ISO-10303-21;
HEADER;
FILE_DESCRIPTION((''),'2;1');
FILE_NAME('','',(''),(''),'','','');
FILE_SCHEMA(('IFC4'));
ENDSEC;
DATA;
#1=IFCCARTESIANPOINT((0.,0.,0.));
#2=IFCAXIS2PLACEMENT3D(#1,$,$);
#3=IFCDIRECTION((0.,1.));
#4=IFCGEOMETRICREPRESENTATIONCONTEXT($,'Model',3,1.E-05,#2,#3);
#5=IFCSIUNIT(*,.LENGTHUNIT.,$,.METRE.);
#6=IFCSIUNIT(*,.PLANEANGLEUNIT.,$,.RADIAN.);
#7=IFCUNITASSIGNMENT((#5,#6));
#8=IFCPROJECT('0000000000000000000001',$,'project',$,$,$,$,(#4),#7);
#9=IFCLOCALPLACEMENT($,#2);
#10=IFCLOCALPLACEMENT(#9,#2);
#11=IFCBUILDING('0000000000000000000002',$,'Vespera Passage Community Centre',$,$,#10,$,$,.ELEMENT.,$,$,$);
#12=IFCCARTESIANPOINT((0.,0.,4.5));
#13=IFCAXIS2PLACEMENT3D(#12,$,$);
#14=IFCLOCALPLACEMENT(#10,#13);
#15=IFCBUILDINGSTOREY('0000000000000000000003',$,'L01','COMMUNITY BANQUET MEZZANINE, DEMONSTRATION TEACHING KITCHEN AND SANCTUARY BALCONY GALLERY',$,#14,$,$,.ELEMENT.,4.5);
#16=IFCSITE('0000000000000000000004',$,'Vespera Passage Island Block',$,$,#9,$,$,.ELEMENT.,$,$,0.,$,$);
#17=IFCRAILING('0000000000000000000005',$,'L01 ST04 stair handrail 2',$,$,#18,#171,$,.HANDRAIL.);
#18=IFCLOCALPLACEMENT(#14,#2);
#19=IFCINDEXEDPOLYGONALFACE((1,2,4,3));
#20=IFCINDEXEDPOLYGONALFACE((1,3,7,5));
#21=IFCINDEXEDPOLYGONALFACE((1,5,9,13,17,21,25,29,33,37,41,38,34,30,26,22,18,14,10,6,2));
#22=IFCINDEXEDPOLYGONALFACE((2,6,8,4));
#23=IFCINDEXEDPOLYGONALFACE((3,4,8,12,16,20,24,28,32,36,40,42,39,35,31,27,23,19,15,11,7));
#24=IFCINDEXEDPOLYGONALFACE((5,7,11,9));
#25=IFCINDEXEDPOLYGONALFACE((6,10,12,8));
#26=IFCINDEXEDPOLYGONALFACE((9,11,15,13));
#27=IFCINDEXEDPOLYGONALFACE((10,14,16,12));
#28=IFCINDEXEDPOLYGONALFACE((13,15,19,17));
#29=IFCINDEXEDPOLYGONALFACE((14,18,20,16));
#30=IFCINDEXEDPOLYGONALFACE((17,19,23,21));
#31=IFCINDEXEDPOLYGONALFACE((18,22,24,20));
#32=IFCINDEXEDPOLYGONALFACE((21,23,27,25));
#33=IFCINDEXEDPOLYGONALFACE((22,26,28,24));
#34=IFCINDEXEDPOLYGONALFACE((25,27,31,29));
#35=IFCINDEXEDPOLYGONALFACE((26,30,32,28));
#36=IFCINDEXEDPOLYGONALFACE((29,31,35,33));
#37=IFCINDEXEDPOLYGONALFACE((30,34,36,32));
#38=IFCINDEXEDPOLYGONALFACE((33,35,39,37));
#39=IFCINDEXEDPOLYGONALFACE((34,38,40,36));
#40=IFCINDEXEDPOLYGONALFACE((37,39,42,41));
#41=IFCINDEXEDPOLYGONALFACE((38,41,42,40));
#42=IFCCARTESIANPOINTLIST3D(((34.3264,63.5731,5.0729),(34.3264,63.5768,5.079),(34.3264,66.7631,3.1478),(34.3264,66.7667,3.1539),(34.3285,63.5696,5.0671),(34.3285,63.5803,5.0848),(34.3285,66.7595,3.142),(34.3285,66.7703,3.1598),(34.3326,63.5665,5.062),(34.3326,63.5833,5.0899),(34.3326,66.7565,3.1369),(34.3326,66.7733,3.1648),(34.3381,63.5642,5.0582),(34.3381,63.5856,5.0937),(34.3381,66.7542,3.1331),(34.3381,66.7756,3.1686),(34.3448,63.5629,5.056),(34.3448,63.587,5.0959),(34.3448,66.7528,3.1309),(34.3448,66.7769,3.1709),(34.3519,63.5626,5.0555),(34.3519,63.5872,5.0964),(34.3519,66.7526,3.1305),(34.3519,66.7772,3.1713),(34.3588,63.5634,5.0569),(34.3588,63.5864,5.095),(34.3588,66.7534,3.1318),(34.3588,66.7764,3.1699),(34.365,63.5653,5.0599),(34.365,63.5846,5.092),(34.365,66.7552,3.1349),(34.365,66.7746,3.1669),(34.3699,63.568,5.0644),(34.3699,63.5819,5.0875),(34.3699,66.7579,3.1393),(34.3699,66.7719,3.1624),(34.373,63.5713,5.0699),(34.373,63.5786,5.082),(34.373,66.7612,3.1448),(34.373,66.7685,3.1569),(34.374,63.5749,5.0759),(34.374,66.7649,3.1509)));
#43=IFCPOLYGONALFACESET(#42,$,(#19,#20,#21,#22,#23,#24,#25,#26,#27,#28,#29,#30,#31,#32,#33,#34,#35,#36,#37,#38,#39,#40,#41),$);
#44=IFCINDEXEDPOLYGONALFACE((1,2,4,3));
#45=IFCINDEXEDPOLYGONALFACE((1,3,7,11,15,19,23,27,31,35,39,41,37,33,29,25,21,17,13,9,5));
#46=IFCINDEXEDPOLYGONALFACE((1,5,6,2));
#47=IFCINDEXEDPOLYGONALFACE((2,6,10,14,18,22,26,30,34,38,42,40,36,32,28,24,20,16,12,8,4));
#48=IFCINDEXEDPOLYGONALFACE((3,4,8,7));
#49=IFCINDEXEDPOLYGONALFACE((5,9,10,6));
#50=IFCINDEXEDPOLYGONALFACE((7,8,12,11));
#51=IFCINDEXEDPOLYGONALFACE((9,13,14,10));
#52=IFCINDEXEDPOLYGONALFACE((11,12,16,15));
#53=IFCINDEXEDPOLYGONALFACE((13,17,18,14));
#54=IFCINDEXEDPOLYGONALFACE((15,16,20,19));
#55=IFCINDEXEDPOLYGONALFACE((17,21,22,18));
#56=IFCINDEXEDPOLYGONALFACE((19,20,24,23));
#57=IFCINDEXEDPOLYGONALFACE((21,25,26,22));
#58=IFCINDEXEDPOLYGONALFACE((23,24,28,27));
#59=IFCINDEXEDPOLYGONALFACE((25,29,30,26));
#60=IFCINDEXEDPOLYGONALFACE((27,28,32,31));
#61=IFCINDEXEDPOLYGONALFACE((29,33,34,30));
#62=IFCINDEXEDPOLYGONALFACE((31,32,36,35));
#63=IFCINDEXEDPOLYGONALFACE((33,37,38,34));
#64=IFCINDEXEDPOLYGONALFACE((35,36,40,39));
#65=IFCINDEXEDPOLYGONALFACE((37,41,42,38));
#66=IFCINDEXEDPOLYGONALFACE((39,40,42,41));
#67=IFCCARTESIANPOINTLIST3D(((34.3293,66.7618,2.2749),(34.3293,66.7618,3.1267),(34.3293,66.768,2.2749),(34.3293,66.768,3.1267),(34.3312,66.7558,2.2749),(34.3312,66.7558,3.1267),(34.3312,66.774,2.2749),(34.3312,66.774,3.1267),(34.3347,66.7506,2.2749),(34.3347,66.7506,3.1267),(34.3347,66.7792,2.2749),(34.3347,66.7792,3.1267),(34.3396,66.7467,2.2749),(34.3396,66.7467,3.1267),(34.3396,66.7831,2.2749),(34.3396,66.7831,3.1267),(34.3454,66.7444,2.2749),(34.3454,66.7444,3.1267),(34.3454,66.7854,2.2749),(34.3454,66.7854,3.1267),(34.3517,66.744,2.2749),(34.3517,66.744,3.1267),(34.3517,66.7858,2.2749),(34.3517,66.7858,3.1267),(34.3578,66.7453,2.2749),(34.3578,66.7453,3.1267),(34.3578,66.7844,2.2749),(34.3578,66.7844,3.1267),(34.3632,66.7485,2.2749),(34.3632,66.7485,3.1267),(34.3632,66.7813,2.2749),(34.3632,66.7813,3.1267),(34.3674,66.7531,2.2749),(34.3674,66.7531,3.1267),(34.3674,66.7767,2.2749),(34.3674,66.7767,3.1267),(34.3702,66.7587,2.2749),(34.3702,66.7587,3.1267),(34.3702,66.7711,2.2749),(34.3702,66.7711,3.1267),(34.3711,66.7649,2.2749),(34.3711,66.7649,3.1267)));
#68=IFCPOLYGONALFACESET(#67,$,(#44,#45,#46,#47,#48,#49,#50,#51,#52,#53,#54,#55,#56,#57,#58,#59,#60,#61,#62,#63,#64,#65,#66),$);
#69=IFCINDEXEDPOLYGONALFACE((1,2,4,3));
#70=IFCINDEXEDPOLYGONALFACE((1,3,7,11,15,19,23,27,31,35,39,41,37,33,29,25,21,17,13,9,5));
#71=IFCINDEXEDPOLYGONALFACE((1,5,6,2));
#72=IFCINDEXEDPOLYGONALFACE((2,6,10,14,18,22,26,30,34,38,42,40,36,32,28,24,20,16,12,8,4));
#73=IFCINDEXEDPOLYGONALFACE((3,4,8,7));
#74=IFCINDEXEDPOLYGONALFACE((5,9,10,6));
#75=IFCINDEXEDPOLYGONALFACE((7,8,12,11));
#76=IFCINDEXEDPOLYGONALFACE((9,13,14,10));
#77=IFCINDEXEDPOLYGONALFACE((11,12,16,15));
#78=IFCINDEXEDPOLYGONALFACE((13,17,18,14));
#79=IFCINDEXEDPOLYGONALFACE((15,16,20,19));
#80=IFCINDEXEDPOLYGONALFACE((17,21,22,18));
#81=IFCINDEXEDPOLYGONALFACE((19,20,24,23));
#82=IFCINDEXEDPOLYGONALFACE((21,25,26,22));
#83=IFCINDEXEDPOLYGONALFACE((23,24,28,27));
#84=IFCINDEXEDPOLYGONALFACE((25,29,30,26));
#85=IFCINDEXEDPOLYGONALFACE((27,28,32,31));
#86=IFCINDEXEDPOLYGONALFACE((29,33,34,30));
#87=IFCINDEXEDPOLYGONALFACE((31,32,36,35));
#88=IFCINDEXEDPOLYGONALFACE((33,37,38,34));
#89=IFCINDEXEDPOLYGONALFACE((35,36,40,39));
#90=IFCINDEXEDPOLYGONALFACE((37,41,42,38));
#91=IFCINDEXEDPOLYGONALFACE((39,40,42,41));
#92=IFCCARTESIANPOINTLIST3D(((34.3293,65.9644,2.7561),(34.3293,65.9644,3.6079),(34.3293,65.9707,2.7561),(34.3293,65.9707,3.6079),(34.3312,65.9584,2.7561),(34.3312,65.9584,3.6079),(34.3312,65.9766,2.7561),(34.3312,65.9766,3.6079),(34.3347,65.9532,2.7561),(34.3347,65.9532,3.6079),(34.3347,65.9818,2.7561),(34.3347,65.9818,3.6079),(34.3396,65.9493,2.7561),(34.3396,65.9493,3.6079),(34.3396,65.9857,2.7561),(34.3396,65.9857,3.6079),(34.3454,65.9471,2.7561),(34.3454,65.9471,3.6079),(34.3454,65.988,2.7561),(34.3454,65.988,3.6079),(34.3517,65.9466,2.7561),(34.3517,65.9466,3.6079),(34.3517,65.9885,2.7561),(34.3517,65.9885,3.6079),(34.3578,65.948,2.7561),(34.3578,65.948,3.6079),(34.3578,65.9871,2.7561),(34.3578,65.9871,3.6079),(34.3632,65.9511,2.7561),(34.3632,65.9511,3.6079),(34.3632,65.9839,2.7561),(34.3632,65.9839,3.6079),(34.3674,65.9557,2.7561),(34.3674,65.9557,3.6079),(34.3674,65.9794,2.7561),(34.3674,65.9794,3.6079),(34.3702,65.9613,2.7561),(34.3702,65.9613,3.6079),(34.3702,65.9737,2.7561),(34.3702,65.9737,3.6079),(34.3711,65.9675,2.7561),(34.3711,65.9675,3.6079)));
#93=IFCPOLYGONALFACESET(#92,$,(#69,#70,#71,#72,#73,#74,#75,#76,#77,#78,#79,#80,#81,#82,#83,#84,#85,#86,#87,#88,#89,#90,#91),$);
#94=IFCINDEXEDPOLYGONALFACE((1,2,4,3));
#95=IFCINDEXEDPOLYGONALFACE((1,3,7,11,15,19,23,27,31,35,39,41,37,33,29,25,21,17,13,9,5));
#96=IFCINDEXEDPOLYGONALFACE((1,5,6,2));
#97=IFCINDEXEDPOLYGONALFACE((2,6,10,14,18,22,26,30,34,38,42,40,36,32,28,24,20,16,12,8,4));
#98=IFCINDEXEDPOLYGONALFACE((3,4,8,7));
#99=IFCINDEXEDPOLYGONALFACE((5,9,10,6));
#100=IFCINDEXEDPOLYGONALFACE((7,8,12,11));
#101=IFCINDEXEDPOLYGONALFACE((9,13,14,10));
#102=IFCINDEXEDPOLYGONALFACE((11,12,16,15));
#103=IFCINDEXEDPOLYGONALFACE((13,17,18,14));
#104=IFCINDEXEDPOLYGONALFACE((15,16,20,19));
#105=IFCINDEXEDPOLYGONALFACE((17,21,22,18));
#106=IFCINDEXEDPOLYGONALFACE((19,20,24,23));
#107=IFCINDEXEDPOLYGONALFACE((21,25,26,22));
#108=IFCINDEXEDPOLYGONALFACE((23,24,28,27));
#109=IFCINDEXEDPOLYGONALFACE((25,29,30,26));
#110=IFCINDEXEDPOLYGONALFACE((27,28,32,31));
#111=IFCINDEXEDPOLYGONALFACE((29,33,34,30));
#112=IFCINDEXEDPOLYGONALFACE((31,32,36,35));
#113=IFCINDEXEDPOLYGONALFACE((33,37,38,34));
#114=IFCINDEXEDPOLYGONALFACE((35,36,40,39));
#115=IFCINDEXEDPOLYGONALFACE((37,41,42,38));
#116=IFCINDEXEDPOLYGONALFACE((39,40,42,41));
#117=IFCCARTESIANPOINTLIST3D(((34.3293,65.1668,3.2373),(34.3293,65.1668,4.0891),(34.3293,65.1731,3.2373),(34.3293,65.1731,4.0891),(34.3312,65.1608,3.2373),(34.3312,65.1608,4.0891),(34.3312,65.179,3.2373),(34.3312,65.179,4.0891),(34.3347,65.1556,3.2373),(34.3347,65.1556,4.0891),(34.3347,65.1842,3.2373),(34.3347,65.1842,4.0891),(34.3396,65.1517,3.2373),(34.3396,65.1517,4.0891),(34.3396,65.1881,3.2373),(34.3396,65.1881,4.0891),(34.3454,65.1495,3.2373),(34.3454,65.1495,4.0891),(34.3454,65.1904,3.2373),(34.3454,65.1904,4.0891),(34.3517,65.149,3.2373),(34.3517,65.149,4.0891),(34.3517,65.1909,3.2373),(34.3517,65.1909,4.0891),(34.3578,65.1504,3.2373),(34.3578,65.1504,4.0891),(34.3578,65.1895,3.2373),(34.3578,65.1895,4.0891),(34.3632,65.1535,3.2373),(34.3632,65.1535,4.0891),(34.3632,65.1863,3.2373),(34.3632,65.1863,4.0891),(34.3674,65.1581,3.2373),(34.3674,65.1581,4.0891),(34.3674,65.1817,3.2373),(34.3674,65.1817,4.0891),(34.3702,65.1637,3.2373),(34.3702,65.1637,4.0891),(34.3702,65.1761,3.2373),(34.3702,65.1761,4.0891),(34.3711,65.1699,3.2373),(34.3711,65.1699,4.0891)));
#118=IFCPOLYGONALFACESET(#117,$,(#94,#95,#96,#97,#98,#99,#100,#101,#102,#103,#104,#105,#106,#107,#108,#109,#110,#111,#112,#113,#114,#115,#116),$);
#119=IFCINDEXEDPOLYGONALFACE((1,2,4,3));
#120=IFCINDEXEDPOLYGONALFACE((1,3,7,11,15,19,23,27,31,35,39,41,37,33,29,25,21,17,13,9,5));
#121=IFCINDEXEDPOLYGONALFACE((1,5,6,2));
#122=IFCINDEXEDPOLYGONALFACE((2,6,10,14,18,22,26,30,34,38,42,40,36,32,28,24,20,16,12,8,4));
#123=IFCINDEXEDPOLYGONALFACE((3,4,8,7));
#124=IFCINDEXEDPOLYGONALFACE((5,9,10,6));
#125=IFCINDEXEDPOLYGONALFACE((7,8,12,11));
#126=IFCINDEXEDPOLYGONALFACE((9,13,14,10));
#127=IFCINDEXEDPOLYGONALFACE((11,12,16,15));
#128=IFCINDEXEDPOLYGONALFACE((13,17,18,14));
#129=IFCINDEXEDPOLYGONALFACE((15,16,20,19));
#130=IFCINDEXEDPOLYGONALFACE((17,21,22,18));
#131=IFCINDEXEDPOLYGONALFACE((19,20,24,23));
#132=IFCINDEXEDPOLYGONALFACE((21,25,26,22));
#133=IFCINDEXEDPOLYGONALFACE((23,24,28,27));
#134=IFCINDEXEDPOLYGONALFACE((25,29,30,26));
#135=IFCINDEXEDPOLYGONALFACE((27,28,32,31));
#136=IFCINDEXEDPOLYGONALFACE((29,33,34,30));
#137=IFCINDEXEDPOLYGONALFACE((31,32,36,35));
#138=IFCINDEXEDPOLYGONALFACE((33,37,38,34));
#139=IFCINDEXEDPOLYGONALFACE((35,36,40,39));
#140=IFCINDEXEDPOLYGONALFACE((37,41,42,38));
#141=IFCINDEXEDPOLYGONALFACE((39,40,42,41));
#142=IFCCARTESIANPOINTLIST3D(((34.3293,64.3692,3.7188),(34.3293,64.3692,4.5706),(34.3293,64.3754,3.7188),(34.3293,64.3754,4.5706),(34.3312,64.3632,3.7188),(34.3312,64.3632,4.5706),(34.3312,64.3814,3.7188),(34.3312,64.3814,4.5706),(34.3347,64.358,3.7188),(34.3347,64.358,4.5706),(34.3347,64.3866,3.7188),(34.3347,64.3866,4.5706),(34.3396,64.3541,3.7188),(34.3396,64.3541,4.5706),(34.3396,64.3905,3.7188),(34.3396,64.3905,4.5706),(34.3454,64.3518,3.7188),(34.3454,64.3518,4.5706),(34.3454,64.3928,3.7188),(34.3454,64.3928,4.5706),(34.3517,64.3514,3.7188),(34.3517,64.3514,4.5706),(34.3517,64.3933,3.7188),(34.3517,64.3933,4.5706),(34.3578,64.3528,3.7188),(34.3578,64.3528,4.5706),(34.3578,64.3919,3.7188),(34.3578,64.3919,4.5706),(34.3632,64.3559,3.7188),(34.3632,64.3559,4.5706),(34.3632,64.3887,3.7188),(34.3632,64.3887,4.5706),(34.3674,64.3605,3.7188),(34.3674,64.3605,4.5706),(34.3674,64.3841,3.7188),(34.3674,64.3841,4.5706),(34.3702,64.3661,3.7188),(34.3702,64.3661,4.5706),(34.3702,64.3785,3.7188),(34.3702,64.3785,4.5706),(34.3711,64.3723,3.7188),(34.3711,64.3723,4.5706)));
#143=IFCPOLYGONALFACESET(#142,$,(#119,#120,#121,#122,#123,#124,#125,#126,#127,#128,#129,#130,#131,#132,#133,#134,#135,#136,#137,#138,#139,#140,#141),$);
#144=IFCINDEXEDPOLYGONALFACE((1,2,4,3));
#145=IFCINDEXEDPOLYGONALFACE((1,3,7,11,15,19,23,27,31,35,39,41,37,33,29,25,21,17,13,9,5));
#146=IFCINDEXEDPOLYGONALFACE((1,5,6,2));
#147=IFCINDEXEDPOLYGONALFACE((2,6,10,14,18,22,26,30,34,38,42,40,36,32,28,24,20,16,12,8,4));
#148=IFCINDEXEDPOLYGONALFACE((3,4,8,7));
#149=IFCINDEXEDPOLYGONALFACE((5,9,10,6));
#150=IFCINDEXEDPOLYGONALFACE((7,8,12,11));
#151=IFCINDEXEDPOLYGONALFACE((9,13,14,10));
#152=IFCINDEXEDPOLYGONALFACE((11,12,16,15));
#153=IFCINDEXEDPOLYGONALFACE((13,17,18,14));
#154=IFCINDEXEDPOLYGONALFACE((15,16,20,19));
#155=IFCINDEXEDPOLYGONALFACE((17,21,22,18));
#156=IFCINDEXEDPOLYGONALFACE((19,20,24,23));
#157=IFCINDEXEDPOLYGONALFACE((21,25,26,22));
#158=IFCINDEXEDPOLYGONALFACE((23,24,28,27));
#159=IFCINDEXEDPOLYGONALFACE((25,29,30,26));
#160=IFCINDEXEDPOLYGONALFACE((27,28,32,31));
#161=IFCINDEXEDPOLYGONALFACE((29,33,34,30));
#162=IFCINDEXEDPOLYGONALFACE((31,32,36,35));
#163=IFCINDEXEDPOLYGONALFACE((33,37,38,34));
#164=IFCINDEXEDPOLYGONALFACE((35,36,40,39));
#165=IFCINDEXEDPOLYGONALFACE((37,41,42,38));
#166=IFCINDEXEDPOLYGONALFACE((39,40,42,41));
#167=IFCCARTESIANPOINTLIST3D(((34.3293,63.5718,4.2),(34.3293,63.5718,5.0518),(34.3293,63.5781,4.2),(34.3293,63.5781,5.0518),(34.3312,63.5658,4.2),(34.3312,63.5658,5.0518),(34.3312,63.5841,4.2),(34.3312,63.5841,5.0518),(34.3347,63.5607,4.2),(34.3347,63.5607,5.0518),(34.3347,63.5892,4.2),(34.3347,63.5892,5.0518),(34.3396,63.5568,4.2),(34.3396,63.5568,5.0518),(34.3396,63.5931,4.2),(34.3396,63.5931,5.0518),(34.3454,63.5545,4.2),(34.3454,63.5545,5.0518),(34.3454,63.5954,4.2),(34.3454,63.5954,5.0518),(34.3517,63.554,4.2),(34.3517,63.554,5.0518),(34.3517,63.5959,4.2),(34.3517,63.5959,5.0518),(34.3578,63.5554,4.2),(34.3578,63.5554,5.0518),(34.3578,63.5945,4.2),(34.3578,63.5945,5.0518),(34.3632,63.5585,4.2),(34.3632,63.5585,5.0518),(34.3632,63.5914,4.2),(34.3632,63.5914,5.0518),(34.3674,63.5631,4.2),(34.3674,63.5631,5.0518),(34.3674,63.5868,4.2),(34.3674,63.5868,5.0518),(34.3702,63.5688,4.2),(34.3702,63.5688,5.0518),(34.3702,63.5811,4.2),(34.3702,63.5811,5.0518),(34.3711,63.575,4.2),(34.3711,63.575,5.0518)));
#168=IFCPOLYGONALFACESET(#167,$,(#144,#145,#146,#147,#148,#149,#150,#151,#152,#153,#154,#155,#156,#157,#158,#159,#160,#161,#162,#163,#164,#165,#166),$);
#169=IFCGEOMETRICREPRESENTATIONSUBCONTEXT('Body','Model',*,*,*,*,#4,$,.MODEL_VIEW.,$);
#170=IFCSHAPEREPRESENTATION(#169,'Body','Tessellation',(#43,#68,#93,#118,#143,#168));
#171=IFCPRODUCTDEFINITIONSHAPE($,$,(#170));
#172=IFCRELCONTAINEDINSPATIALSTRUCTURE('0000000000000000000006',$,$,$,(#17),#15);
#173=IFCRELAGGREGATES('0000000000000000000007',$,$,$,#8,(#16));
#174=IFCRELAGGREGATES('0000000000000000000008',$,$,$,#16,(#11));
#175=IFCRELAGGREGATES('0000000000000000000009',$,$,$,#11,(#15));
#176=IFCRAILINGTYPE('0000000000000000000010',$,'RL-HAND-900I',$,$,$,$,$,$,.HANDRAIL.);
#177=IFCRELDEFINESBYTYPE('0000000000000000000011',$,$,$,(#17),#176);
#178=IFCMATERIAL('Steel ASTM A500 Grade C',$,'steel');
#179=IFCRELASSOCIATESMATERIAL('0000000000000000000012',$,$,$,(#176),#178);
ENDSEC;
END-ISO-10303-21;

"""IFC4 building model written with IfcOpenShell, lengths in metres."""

from ifc_helpers import new_model, si_unit, direction, frame, origin, origin_2d, place, context, subcontext, project, spatial, circle, extrude, material, type_object, element, save


model = new_model("IFC4")

# Units and contexts
model_context = context("Model", 3, precision=1e-05, world=origin(), true_north=direction((0.0, 1.0)))
body_context = subcontext(model_context, "Body", "Model", "MODEL_VIEW")
ifc_project = project(units=[si_unit("LENGTHUNIT", "METRE"), si_unit("PLANEANGLEUNIT", "RADIAN")], contexts=[model_context])

# Site, building, storey
site_placement = place(None, origin())
site = spatial("IfcSite", under=ifc_project, at=site_placement, Name="Vespera Passage Island Block", CompositionType="ELEMENT", RefElevation=0.0)
building_placement = place(site_placement, origin())
building = spatial("IfcBuilding", under=site, at=building_placement, Name="Vespera Passage Community Centre", CompositionType="ELEMENT")
storey_placement = place(building_placement, frame((0.0, 0.0, 4.5)))
storey = spatial("IfcBuildingStorey", under=building, at=storey_placement, Name="L01", Description="COMMUNITY BANQUET MEZZANINE, DEMONSTRATION TEACHING KITCHEN AND SANCTUARY BALCONY GALLERY", CompositionType="ELEMENT", Elevation=4.5)

# Railing
ifc_material_1 = material(Name="Steel ASTM A500 Grade C", Category="steel")
railing_type_1 = type_object("IfcRailingType", Name="RL-HAND-900I", PredefinedType="HANDRAIL", material=ifc_material_1)
railing_1_placement = place(storey_placement, frame((34.3501, 66.7649, 2.2749)))
element("IfcRailing", 1, at=railing_1_placement, inside=storey, type_object=railing_type_1, Name="L01 ST04 stair handrail 2", PredefinedType="HANDRAIL", context=body_context, shape_type="SweptSolid", body=[
    extrude(circle(Radius=0.0239, at=origin_2d()), frame((0.0, 0.0, 0.876), z_axis=(0.0, -0.856178, 0.516682), x_axis=(1.0, 0.0, 0.0)), (0.0, 0.0, 1.0), 3.7258),
    extrude(circle(Radius=0.021, at=origin_2d()), origin(), (0.0, 0.0, 1.0), 0.8518),
    extrude(circle(Radius=0.021, at=origin_2d()), frame((0.0, -0.7974, 0.4812)), (0.0, 0.0, 1.0), 0.8518),
    extrude(circle(Radius=0.021, at=origin_2d()), frame((0.0, -1.595, 0.9624)), (0.0, 0.0, 1.0), 0.8518),
    extrude(circle(Radius=0.021, at=origin_2d()), frame((0.0, -2.3926, 1.4438)), (0.0, 0.0, 1.0), 0.8518),
    extrude(circle(Radius=0.021, at=origin_2d()), frame((0.0, -3.1899, 1.925)), (0.0, 0.0, 1.0), 0.8518),
])

save(model, "model.ifc")
